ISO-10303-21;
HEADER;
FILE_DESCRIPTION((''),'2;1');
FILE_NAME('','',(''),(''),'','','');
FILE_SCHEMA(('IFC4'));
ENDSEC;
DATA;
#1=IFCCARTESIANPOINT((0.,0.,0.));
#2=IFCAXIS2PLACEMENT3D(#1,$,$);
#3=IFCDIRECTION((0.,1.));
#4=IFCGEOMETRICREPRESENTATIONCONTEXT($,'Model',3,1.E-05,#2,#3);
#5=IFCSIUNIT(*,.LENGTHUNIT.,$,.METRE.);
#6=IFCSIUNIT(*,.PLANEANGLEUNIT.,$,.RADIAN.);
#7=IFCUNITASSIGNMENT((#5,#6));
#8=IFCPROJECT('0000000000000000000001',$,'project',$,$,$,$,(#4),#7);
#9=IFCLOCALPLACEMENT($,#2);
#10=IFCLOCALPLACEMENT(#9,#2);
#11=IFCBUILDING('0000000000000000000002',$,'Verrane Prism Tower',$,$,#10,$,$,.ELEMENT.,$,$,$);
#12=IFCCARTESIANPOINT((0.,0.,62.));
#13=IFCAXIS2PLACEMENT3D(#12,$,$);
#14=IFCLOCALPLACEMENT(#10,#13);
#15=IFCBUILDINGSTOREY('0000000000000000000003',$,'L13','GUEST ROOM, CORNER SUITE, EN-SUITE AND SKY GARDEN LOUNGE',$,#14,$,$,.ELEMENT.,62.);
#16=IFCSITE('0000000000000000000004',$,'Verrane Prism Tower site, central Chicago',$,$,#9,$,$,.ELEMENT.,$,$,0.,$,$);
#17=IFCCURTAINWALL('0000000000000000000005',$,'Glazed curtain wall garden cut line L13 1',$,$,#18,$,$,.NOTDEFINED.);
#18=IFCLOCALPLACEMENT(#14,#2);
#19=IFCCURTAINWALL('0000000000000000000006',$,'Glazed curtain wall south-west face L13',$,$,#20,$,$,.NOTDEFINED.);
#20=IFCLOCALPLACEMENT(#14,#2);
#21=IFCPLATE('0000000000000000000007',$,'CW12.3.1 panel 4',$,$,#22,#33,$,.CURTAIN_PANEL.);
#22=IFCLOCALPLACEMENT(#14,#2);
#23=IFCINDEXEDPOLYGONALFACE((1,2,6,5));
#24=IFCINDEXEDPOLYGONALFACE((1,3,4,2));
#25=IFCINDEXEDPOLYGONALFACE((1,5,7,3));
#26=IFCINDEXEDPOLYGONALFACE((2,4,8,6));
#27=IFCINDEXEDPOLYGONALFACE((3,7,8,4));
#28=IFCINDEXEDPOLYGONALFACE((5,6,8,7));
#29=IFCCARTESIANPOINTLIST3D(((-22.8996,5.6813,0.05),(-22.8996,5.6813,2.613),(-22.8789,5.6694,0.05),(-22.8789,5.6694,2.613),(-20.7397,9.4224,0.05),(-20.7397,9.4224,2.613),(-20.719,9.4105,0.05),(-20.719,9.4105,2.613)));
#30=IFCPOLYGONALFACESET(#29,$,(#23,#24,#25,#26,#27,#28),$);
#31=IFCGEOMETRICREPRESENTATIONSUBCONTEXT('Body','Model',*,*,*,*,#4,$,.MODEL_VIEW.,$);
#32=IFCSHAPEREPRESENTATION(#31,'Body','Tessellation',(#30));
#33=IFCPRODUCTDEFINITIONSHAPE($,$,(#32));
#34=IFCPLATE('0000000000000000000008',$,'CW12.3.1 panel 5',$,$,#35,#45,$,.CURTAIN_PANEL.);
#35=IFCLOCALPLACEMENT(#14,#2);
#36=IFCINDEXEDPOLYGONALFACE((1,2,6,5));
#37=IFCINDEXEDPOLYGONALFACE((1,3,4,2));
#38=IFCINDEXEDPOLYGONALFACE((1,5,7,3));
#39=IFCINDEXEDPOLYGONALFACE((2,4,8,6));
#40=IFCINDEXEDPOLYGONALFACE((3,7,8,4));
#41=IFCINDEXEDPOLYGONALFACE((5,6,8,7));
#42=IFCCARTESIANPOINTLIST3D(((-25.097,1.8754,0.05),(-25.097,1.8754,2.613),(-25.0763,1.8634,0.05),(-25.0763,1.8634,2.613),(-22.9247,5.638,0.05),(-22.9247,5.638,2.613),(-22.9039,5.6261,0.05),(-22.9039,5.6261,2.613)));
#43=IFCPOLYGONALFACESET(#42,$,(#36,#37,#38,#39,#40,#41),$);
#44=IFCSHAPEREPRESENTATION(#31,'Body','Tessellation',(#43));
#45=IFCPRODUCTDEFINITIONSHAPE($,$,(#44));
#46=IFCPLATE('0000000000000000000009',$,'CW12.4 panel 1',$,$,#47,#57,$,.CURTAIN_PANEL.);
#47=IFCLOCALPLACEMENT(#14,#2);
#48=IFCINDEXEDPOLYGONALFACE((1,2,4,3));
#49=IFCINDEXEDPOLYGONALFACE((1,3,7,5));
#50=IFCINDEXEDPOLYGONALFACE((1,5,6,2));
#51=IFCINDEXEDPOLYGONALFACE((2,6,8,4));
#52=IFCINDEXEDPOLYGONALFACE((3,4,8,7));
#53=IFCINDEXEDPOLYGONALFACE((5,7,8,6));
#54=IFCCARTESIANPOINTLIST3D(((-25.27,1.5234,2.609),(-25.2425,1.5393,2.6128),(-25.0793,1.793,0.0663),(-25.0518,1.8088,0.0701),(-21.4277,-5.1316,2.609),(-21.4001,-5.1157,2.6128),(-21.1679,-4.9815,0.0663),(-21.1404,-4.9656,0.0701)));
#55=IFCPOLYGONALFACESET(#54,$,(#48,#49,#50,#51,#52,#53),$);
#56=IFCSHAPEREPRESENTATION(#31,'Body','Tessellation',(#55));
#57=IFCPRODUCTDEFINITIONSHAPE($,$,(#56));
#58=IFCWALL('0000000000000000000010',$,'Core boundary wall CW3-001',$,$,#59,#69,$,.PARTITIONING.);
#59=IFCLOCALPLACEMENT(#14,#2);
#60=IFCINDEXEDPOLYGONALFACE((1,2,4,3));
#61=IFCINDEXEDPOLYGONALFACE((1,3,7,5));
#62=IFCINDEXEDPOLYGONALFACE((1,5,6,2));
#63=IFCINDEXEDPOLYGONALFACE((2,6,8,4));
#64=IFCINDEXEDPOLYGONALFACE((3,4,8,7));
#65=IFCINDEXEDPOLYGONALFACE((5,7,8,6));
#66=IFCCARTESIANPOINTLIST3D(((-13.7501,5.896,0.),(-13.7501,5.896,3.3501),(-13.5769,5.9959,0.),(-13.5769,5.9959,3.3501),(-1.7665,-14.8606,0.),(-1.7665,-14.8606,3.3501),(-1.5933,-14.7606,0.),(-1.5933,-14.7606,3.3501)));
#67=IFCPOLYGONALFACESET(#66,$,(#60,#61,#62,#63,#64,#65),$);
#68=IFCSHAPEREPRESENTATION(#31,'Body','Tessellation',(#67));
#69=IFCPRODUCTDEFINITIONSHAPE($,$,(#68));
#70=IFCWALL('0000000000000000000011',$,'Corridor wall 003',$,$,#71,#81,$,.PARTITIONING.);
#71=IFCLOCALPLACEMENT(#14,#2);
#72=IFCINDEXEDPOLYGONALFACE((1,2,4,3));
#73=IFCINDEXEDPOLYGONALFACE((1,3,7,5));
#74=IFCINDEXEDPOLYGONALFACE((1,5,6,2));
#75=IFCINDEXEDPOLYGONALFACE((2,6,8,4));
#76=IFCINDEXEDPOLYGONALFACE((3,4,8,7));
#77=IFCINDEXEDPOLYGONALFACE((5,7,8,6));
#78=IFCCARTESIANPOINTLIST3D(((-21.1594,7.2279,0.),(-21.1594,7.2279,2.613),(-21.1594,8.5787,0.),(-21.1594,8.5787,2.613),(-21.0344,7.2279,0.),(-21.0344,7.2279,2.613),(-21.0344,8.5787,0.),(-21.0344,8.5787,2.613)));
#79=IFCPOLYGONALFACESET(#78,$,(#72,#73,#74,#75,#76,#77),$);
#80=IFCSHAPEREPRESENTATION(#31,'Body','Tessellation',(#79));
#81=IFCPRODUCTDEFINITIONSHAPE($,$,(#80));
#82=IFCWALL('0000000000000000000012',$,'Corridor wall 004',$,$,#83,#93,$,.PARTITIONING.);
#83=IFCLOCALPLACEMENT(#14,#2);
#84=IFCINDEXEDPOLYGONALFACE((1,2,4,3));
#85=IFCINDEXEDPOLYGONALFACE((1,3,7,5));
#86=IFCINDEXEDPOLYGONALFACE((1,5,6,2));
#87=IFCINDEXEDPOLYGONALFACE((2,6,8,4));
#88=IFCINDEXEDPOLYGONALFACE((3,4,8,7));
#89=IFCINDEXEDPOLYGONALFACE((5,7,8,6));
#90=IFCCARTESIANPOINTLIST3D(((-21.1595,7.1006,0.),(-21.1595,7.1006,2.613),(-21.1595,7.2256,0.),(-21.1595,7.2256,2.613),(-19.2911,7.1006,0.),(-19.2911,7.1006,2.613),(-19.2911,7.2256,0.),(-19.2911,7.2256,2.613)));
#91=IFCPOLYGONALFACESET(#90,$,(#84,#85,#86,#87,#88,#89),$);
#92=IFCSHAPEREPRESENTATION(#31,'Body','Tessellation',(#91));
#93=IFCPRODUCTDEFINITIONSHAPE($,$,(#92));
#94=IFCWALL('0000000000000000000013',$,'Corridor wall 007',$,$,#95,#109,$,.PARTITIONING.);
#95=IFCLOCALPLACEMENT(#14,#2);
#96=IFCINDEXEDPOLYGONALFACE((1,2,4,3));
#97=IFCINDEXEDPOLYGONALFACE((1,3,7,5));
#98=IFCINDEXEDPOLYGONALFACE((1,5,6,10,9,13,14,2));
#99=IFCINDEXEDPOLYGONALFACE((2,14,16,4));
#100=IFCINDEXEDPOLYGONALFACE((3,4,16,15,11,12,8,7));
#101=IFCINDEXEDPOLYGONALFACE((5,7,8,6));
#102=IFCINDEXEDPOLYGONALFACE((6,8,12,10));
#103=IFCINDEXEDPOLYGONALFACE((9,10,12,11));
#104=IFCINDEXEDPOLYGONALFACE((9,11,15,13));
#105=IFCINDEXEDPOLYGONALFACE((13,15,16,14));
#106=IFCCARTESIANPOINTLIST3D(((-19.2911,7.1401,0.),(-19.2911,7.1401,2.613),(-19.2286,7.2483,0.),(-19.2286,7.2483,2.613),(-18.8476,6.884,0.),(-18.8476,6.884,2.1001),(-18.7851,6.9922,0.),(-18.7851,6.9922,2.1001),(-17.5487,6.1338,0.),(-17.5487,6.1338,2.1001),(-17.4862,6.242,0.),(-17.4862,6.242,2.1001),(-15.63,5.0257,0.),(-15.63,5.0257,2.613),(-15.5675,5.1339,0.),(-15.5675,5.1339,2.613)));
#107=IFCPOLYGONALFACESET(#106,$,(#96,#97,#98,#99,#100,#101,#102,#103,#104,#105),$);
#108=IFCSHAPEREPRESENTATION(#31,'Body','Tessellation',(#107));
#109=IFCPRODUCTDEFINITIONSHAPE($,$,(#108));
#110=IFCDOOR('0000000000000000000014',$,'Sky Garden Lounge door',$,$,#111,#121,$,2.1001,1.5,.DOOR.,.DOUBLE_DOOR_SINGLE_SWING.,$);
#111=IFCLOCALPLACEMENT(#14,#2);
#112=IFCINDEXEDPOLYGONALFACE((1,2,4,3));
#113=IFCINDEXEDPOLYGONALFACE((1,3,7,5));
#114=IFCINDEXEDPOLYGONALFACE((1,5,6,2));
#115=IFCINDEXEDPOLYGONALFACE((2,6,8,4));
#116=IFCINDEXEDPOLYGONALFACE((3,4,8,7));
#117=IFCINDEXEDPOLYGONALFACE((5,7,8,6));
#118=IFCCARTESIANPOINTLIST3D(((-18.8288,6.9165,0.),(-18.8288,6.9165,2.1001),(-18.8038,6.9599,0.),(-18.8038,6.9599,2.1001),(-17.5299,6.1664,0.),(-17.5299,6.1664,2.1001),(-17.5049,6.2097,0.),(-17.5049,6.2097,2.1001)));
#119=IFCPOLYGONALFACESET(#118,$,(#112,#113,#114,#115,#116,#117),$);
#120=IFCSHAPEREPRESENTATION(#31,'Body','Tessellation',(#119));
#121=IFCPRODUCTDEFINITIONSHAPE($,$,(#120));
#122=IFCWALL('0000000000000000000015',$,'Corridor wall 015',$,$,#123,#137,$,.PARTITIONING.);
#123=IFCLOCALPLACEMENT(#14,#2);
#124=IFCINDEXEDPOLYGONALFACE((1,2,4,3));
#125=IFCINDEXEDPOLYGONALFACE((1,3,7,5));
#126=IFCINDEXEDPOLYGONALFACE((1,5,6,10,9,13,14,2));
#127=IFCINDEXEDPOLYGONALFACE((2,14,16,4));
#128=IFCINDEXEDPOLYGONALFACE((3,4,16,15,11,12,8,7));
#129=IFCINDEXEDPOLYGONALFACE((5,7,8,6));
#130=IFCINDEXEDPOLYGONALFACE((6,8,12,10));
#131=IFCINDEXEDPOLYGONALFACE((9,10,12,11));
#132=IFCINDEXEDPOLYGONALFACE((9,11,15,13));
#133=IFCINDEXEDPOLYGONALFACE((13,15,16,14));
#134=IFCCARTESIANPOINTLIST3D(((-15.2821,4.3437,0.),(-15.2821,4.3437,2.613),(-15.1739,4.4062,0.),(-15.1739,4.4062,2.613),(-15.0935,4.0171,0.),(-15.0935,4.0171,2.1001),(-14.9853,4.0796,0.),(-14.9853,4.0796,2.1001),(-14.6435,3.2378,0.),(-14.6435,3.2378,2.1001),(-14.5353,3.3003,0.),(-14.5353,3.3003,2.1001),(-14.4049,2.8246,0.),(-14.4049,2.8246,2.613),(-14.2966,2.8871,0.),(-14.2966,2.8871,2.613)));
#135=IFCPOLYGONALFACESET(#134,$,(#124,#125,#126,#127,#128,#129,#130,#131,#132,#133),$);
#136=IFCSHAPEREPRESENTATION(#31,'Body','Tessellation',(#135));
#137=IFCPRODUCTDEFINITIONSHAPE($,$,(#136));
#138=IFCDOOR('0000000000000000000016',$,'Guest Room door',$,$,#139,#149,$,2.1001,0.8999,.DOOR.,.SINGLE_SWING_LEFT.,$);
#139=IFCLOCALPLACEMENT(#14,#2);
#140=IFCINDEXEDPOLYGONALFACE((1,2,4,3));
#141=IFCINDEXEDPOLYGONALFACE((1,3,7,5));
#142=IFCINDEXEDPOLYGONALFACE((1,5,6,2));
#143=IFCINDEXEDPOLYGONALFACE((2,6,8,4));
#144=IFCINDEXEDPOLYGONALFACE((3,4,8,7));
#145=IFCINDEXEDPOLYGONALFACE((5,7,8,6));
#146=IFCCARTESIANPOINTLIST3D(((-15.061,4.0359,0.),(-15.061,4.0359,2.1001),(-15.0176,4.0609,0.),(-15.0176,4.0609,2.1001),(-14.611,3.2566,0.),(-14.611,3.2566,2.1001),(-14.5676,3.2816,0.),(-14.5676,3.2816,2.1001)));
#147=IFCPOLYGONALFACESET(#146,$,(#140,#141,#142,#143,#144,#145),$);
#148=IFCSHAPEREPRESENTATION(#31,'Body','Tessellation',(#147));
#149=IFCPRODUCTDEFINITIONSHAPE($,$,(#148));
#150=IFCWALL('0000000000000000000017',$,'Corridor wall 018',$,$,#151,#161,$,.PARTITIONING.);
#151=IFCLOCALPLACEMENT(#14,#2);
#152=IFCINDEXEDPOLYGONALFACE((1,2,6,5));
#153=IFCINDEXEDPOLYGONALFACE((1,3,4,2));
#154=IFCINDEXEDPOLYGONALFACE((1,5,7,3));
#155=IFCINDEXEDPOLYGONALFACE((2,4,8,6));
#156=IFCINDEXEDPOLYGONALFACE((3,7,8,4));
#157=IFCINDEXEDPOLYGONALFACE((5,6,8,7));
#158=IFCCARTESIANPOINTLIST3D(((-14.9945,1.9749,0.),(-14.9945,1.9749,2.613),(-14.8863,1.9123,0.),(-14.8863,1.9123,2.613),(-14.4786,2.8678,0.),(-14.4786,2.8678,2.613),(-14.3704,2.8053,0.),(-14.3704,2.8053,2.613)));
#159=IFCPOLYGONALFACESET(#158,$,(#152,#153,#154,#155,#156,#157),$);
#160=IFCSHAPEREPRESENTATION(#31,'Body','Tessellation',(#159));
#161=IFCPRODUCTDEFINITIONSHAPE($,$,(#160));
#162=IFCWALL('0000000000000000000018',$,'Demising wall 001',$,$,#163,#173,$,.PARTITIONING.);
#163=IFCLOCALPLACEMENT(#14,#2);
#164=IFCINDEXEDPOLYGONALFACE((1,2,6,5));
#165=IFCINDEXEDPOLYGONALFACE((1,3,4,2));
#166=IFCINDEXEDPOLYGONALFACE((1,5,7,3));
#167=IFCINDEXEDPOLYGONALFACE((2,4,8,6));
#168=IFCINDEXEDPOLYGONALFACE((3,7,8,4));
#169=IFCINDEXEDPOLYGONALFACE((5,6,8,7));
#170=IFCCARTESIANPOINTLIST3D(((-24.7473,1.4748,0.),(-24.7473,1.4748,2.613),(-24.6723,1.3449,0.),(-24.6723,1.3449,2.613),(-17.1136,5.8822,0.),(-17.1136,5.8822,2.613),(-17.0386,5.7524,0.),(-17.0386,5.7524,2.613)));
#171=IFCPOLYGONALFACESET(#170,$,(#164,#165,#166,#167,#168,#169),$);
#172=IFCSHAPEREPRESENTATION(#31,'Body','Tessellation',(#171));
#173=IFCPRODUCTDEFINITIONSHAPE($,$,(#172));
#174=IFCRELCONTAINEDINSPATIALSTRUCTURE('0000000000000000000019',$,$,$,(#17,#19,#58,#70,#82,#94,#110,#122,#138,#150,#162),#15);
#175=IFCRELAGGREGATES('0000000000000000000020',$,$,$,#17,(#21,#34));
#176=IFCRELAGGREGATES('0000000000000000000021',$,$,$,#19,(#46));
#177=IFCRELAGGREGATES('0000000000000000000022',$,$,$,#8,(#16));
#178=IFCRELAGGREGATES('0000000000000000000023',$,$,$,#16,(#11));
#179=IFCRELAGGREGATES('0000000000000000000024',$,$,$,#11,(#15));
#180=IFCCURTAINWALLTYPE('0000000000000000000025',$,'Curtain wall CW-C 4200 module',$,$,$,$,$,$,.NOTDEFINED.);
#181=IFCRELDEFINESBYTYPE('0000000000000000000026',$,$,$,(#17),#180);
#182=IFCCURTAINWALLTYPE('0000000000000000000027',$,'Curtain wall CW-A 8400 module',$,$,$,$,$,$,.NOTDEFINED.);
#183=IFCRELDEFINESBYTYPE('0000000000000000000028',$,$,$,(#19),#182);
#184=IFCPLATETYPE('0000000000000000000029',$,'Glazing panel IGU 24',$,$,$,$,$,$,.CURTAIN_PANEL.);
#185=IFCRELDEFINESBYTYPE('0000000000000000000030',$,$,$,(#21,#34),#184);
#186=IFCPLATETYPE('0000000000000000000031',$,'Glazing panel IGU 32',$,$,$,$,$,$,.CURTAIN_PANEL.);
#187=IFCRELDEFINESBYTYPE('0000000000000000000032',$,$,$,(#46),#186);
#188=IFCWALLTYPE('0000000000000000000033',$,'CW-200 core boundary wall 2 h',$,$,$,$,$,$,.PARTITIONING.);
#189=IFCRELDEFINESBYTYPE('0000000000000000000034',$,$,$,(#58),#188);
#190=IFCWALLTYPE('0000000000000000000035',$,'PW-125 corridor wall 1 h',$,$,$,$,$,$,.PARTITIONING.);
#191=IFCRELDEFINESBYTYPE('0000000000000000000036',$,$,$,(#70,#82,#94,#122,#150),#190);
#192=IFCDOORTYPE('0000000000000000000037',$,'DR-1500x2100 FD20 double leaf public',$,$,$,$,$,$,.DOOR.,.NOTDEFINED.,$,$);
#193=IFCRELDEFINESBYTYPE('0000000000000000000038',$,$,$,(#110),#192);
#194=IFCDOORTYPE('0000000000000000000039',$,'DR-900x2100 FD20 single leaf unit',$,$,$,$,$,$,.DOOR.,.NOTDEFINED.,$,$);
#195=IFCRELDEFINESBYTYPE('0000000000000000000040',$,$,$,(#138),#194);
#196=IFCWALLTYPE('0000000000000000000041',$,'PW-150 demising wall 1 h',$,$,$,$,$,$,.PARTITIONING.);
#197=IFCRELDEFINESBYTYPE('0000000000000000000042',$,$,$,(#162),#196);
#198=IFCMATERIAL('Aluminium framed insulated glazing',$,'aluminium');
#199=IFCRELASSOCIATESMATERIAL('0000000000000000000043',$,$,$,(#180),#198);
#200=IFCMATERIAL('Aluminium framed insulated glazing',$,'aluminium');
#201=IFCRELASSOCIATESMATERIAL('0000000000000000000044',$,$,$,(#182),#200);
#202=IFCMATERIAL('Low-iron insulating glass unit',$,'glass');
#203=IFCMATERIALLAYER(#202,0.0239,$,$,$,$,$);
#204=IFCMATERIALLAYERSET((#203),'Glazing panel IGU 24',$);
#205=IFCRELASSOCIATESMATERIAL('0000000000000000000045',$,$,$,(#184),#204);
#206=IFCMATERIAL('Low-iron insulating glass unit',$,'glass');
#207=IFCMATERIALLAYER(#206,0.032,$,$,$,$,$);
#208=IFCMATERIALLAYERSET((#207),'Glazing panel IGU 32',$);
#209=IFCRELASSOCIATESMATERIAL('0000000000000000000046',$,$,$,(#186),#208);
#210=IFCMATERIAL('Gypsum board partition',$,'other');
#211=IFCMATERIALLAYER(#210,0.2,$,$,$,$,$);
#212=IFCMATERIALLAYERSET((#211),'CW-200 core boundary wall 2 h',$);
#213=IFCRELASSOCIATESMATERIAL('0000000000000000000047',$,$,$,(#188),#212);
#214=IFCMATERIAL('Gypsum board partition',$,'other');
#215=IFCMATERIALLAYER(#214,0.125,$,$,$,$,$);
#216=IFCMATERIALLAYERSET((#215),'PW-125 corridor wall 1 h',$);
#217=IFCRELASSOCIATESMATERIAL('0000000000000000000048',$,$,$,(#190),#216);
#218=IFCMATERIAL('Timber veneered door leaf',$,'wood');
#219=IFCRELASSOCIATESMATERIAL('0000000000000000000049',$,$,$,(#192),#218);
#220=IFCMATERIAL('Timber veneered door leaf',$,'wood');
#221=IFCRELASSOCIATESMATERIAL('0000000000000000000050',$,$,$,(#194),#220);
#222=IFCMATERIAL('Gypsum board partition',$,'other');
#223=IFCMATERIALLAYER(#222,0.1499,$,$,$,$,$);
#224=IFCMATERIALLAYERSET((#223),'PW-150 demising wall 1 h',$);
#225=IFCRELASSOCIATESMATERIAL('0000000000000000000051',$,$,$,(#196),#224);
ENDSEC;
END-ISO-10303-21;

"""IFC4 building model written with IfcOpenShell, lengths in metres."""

from ifc_helpers import new_model, si_unit, direction, frame, frame_2d, origin, origin_2d, place, context, subcontext, project, spatial, polyline, rectangle, outline, extrude, material, layer, layer_set, type_object, element, fill, aggregate, save


model = new_model("IFC4")

# Units and contexts
model_context = context("Model", 3, precision=1e-05, world=origin(), true_north=direction((0.0, 1.0)))
body_context = subcontext(model_context, "Body", "Model", "MODEL_VIEW")
ifc_project = project(units=[si_unit("LENGTHUNIT", "METRE"), si_unit("PLANEANGLEUNIT", "RADIAN")], contexts=[model_context])

# Site, building, storey
site_placement = place(None, origin())
site = spatial("IfcSite", under=ifc_project, at=site_placement, Name="Verrane Prism Tower site, central Chicago", CompositionType="ELEMENT", RefElevation=0.0)
building_placement = place(site_placement, origin())
building = spatial("IfcBuilding", under=site, at=building_placement, Name="Verrane Prism Tower", CompositionType="ELEMENT")
storey_placement = place(building_placement, frame((0.0, 0.0, 62.0)))
storey = spatial("IfcBuildingStorey", under=building, at=storey_placement, Name="L13", Description="GUEST ROOM, CORNER SUITE, EN-SUITE AND SKY GARDEN LOUNGE", CompositionType="ELEMENT", Elevation=62.0)

# Curtain wall
ifc_material_1 = material(Name="Aluminium framed insulated glazing", Category="aluminium")
curtain_wall_type_1 = type_object("IfcCurtainWallType", Name="Curtain wall CW-C 4200 module", PredefinedType="NOTDEFINED", material=ifc_material_1)
curtain_wall_1_placement = place(storey_placement, origin())
curtain_wall_1 = element("IfcCurtainWall", 1, at=curtain_wall_1_placement, inside=storey, type_object=curtain_wall_type_1, Name="Glazed curtain wall garden cut line L13 1", PredefinedType="NOTDEFINED")

# Curtain wall
ifc_material_2 = material(Name="Aluminium framed insulated glazing", Category="aluminium")
curtain_wall_type_2 = type_object("IfcCurtainWallType", Name="Curtain wall CW-A 8400 module", PredefinedType="NOTDEFINED", material=ifc_material_2)
curtain_wall_2_placement = place(storey_placement, origin())
curtain_wall_2 = element("IfcCurtainWall", 2, at=curtain_wall_2_placement, inside=storey, type_object=curtain_wall_type_2, Name="Glazed curtain wall south-west face L13", PredefinedType="NOTDEFINED")

# Plates
ifc_material_3 = material(Name="Low-iron insulating glass unit", Category="glass")
ifc_layer_1 = layer(ifc_material_3, 0.0239)
ifc_layer_set_1 = layer_set([ifc_layer_1], Name="Glazing panel IGU 24")
plate_type_1 = type_object("IfcPlateType", Name="Glazing panel IGU 24", PredefinedType="CURTAIN_PANEL", material=ifc_layer_set_1)
plate_1_placement = place(storey_placement, frame((-21.8093, 7.5459, 0.05), z_axis=(0.0, 0.0, 1.0), x_axis=(-0.499999, -0.866026, 0.0)))
plate_1 = element("IfcPlate", 3, at=plate_1_placement, type_object=plate_type_1, Name="CW12.3.1 panel 4", PredefinedType="CURTAIN_PANEL", context=body_context, shape_type="SweptSolid", body=[
    extrude(rectangle(XDim=4.3198, YDim=0.0239, at=origin_2d()), origin(), (0.0, 0.0, 1.0), 2.563),
])
plate_2_placement = place(storey_placement, frame((-24.0005, 3.7507, 0.05), z_axis=(0.0, 0.0, 1.0), x_axis=(-0.499999, -0.866026, 0.0)))
plate_2 = element("IfcPlate", 4, at=plate_2_placement, type_object=plate_type_1, Name="CW12.3.1 panel 5", PredefinedType="CURTAIN_PANEL", context=body_context, shape_type="SweptSolid", body=[
    extrude(rectangle(XDim=4.3447, YDim=0.0239, at=origin_2d()), origin(), (0.0, 0.0, 1.0), 2.563),
])
aggregate(curtain_wall_1, [plate_1, plate_2])
ifc_material_4 = material(Name="Low-iron insulating glass unit", Category="glass")
ifc_layer_2 = layer(ifc_material_4, 0.032)
ifc_layer_set_2 = layer_set([ifc_layer_2], Name="Glazing panel IGU 32")
plate_type_2 = type_object("IfcPlateType", Name="Glazing panel IGU 32", PredefinedType="CURTAIN_PANEL", material=ifc_layer_set_2)
plate_3_placement = place(storey_placement, frame((-25.0518, 1.8088, 0.0701), z_axis=(0.860057, 0.496565, 0.117158), x_axis=(0.500008, -0.866021, -0.000001)))
plate_3 = element("IfcPlate", 5, at=plate_3_placement, type_object=plate_type_2, Name="CW12.4 panel 1", PredefinedType="CURTAIN_PANEL", context=body_context, shape_type="SweptSolid", body=[
    extrude(outline(polyline([(0.0, 0.0), (7.8225, 0.0), (7.8226, -2.5604), (0.1381, -2.5603), (0.0, 0.0)])), origin(), (0.0, 0.0, -1.0), 0.032),
])
aggregate(curtain_wall_2, [plate_3])

# Walls
ifc_material_5 = material(Name="Gypsum board partition", Category="other")
ifc_layer_3 = layer(ifc_material_5, 0.2)
ifc_layer_set_3 = layer_set([ifc_layer_3], Name="CW-200 core boundary wall 2 h")
wall_type_1 = type_object("IfcWallType", Name="CW-200 core boundary wall 2 h", PredefinedType="PARTITIONING", material=ifc_layer_set_3)
wall_1_placement = place(storey_placement, frame((-13.6636, 5.946, 0.0), z_axis=(0.0, 0.0, 1.0), x_axis=(0.499994, -0.866029, 0.0)))
element("IfcWall", 6, at=wall_1_placement, inside=storey, type_object=wall_type_1, Name="Core boundary wall CW3-001", PredefinedType="PARTITIONING", context=body_context, shape_type="SweptSolid", body=[
    extrude(rectangle(XDim=23.9675, YDim=0.2, at=frame_2d((11.9839, 0.0))), origin(), (0.0, 0.0, 1.0), 3.3501),
])
ifc_material_6 = material(Name="Gypsum board partition", Category="other")
ifc_layer_4 = layer(ifc_material_6, 0.125)
ifc_layer_set_4 = layer_set([ifc_layer_4], Name="PW-125 corridor wall 1 h")
wall_type_2 = type_object("IfcWallType", Name="PW-125 corridor wall 1 h", PredefinedType="PARTITIONING", material=ifc_layer_set_4)
wall_2_placement = place(storey_placement, frame((-21.0969, 7.228, 0.0), z_axis=(0.0, 0.0, 1.0), x_axis=(0.0, 1.0, 0.0)))
element("IfcWall", 7, at=wall_2_placement, inside=storey, type_object=wall_type_2, Name="Corridor wall 003", PredefinedType="PARTITIONING", context=body_context, shape_type="SweptSolid", body=[
    extrude(rectangle(XDim=1.3508, YDim=0.125, at=frame_2d((0.6753, 0.0))), origin(), (0.0, 0.0, 1.0), 2.613),
])
wall_3_placement = place(storey_placement, frame((-21.1594, 7.1631, 0.0), z_axis=(0.0, 0.0, 1.0), x_axis=(1.0, 0.0, 0.0)))
element("IfcWall", 8, at=wall_3_placement, inside=storey, type_object=wall_type_2, Name="Corridor wall 004", PredefinedType="PARTITIONING", context=body_context, shape_type="SweptSolid", body=[
    extrude(rectangle(XDim=1.8684, YDim=0.125, at=frame_2d((0.9341, 0.0))), origin(), (0.0, 0.0, 1.0), 2.613),
])

# Walls, openings, doors
wall_4_placement = place(storey_placement, frame((-15.5989, 5.0798, 0.0), z_axis=(0.0, 0.0, 1.0), x_axis=(-0.865949, 0.500132, 0.0)))
wall_4 = element("IfcWall", 9, at=wall_4_placement, inside=storey, type_object=wall_type_2, Name="Corridor wall 007", PredefinedType="PARTITIONING", context=body_context, shape_type="SweptSolid", body=[
    extrude(rectangle(XDim=4.2278, YDim=0.125, at=frame_2d((2.1138, 0.0))), origin(), (0.0, 0.0, 1.0), 2.613),
])
opening_1_placement = place(wall_4_placement, frame((2.2156, 0.0, 0.0)))
opening_1 = element("IfcOpeningElement", 10, at=opening_1_placement, cuts=wall_4, PredefinedType="OPENING", context=body_context, shape_type="SweptSolid", body=[
    extrude(rectangle(XDim=1.5, YDim=2.1001, at=frame_2d((0.75, 1.05))), frame((0.0, 0.0725, 0.0), z_axis=(0.0, -1.0, 0.0), x_axis=(1.0, 0.0, 0.0)), (0.0, 0.0, 1.0), 0.145),
])
ifc_material_7 = material(Name="Timber veneered door leaf", Category="wood")
door_type_1 = type_object("IfcDoorType", Name="DR-1500x2100 FD20 double leaf public", OperationType="NOTDEFINED", PredefinedType="DOOR", material=ifc_material_7)
door_1_placement = place(opening_1_placement, origin())
door_1 = element("IfcDoor", 11, at=door_1_placement, inside=storey, type_object=door_type_1, Name="Sky Garden Lounge door", OperationType="DOUBLE_DOOR_SINGLE_SWING", OverallHeight=2.1001, OverallWidth=1.5, PredefinedType="DOOR", context=body_context, shape_type="SweptSolid", body=[
    extrude(rectangle(XDim=1.5, YDim=2.1001, at=frame_2d((0.75, 1.05))), frame((0.0, 0.0249, 0.0), z_axis=(0.0, -1.0, 0.0), x_axis=(1.0, 0.0, 0.0)), (0.0, 0.0, 1.0), 0.05),
])
fill(opening_1, door_1)
wall_5_placement = place(storey_placement, frame((-14.3508, 2.856, 0.0), z_axis=(0.0, 0.0, 1.0), x_axis=(-0.500076, 0.865982, 0.0)))
wall_5 = element("IfcWall", 12, at=wall_5_placement, inside=storey, type_object=wall_type_2, Name="Corridor wall 015", PredefinedType="PARTITIONING", context=body_context, shape_type="SweptSolid", body=[
    extrude(rectangle(XDim=1.7542, YDim=0.125, at=frame_2d((0.877, 0.0))), origin(), (0.0, 0.0, 1.0), 2.613),
])
opening_2_placement = place(wall_5_placement, frame((0.4771, 0.0, 0.0)))
opening_2 = element("IfcOpeningElement", 13, at=opening_2_placement, cuts=wall_5, PredefinedType="OPENING", context=body_context, shape_type="SweptSolid", body=[
    extrude(rectangle(XDim=0.8999, YDim=2.1001, at=frame_2d((0.45, 1.05))), frame((0.0, 0.0725, 0.0), z_axis=(0.0, -1.0, 0.0), x_axis=(1.0, 0.0, 0.0)), (0.0, 0.0, 1.0), 0.145),
])
ifc_material_8 = material(Name="Timber veneered door leaf", Category="wood")
door_type_2 = type_object("IfcDoorType", Name="DR-900x2100 FD20 single leaf unit", OperationType="NOTDEFINED", PredefinedType="DOOR", material=ifc_material_8)
door_2_placement = place(opening_2_placement, origin())
door_2 = element("IfcDoor", 14, at=door_2_placement, inside=storey, type_object=door_type_2, Name="Guest Room door", OperationType="SINGLE_SWING_LEFT", OverallHeight=2.1001, OverallWidth=0.8999, PredefinedType="DOOR", context=body_context, shape_type="SweptSolid", body=[
    extrude(rectangle(XDim=0.8999, YDim=2.1001, at=frame_2d((0.45, 1.05))), frame((0.0, 0.0249, 0.0), z_axis=(0.0, -1.0, 0.0), x_axis=(1.0, 0.0, 0.0)), (0.0, 0.0, 1.0), 0.05),
])
fill(opening_2, door_2)

# Walls
wall_6_placement = place(storey_placement, frame((-14.9404, 1.9436, 0.0), z_axis=(0.0, 0.0, 1.0), x_axis=(0.500289, 0.865858, 0.0)))
element("IfcWall", 15, at=wall_6_placement, inside=storey, type_object=wall_type_2, Name="Corridor wall 018", PredefinedType="PARTITIONING", context=body_context, shape_type="SweptSolid", body=[
    extrude(rectangle(XDim=1.0312, YDim=0.125, at=frame_2d((0.5156, 0.0))), origin(), (0.0, 0.0, 1.0), 2.613),
])
ifc_material_9 = material(Name="Gypsum board partition", Category="other")
ifc_layer_5 = layer(ifc_material_9, 0.1499)
ifc_layer_set_5 = layer_set([ifc_layer_5], Name="PW-150 demising wall 1 h")
wall_type_3 = type_object("IfcWallType", Name="PW-150 demising wall 1 h", PredefinedType="PARTITIONING", material=ifc_layer_set_5)
wall_7_placement = place(storey_placement, frame((-24.7097, 1.4099, 0.0), z_axis=(0.0, 0.0, 1.0), x_axis=(0.86602, 0.500009, 0.0)))
element("IfcWall", 16, at=wall_7_placement, inside=storey, type_object=wall_type_3, Name="Demising wall 001", PredefinedType="PARTITIONING", context=body_context, shape_type="SweptSolid", body=[
    extrude(rectangle(XDim=8.8147, YDim=0.1499, at=frame_2d((4.4072, 0.0))), origin(), (0.0, 0.0, 1.0), 2.613),
])

save(model, "model.ifc")
